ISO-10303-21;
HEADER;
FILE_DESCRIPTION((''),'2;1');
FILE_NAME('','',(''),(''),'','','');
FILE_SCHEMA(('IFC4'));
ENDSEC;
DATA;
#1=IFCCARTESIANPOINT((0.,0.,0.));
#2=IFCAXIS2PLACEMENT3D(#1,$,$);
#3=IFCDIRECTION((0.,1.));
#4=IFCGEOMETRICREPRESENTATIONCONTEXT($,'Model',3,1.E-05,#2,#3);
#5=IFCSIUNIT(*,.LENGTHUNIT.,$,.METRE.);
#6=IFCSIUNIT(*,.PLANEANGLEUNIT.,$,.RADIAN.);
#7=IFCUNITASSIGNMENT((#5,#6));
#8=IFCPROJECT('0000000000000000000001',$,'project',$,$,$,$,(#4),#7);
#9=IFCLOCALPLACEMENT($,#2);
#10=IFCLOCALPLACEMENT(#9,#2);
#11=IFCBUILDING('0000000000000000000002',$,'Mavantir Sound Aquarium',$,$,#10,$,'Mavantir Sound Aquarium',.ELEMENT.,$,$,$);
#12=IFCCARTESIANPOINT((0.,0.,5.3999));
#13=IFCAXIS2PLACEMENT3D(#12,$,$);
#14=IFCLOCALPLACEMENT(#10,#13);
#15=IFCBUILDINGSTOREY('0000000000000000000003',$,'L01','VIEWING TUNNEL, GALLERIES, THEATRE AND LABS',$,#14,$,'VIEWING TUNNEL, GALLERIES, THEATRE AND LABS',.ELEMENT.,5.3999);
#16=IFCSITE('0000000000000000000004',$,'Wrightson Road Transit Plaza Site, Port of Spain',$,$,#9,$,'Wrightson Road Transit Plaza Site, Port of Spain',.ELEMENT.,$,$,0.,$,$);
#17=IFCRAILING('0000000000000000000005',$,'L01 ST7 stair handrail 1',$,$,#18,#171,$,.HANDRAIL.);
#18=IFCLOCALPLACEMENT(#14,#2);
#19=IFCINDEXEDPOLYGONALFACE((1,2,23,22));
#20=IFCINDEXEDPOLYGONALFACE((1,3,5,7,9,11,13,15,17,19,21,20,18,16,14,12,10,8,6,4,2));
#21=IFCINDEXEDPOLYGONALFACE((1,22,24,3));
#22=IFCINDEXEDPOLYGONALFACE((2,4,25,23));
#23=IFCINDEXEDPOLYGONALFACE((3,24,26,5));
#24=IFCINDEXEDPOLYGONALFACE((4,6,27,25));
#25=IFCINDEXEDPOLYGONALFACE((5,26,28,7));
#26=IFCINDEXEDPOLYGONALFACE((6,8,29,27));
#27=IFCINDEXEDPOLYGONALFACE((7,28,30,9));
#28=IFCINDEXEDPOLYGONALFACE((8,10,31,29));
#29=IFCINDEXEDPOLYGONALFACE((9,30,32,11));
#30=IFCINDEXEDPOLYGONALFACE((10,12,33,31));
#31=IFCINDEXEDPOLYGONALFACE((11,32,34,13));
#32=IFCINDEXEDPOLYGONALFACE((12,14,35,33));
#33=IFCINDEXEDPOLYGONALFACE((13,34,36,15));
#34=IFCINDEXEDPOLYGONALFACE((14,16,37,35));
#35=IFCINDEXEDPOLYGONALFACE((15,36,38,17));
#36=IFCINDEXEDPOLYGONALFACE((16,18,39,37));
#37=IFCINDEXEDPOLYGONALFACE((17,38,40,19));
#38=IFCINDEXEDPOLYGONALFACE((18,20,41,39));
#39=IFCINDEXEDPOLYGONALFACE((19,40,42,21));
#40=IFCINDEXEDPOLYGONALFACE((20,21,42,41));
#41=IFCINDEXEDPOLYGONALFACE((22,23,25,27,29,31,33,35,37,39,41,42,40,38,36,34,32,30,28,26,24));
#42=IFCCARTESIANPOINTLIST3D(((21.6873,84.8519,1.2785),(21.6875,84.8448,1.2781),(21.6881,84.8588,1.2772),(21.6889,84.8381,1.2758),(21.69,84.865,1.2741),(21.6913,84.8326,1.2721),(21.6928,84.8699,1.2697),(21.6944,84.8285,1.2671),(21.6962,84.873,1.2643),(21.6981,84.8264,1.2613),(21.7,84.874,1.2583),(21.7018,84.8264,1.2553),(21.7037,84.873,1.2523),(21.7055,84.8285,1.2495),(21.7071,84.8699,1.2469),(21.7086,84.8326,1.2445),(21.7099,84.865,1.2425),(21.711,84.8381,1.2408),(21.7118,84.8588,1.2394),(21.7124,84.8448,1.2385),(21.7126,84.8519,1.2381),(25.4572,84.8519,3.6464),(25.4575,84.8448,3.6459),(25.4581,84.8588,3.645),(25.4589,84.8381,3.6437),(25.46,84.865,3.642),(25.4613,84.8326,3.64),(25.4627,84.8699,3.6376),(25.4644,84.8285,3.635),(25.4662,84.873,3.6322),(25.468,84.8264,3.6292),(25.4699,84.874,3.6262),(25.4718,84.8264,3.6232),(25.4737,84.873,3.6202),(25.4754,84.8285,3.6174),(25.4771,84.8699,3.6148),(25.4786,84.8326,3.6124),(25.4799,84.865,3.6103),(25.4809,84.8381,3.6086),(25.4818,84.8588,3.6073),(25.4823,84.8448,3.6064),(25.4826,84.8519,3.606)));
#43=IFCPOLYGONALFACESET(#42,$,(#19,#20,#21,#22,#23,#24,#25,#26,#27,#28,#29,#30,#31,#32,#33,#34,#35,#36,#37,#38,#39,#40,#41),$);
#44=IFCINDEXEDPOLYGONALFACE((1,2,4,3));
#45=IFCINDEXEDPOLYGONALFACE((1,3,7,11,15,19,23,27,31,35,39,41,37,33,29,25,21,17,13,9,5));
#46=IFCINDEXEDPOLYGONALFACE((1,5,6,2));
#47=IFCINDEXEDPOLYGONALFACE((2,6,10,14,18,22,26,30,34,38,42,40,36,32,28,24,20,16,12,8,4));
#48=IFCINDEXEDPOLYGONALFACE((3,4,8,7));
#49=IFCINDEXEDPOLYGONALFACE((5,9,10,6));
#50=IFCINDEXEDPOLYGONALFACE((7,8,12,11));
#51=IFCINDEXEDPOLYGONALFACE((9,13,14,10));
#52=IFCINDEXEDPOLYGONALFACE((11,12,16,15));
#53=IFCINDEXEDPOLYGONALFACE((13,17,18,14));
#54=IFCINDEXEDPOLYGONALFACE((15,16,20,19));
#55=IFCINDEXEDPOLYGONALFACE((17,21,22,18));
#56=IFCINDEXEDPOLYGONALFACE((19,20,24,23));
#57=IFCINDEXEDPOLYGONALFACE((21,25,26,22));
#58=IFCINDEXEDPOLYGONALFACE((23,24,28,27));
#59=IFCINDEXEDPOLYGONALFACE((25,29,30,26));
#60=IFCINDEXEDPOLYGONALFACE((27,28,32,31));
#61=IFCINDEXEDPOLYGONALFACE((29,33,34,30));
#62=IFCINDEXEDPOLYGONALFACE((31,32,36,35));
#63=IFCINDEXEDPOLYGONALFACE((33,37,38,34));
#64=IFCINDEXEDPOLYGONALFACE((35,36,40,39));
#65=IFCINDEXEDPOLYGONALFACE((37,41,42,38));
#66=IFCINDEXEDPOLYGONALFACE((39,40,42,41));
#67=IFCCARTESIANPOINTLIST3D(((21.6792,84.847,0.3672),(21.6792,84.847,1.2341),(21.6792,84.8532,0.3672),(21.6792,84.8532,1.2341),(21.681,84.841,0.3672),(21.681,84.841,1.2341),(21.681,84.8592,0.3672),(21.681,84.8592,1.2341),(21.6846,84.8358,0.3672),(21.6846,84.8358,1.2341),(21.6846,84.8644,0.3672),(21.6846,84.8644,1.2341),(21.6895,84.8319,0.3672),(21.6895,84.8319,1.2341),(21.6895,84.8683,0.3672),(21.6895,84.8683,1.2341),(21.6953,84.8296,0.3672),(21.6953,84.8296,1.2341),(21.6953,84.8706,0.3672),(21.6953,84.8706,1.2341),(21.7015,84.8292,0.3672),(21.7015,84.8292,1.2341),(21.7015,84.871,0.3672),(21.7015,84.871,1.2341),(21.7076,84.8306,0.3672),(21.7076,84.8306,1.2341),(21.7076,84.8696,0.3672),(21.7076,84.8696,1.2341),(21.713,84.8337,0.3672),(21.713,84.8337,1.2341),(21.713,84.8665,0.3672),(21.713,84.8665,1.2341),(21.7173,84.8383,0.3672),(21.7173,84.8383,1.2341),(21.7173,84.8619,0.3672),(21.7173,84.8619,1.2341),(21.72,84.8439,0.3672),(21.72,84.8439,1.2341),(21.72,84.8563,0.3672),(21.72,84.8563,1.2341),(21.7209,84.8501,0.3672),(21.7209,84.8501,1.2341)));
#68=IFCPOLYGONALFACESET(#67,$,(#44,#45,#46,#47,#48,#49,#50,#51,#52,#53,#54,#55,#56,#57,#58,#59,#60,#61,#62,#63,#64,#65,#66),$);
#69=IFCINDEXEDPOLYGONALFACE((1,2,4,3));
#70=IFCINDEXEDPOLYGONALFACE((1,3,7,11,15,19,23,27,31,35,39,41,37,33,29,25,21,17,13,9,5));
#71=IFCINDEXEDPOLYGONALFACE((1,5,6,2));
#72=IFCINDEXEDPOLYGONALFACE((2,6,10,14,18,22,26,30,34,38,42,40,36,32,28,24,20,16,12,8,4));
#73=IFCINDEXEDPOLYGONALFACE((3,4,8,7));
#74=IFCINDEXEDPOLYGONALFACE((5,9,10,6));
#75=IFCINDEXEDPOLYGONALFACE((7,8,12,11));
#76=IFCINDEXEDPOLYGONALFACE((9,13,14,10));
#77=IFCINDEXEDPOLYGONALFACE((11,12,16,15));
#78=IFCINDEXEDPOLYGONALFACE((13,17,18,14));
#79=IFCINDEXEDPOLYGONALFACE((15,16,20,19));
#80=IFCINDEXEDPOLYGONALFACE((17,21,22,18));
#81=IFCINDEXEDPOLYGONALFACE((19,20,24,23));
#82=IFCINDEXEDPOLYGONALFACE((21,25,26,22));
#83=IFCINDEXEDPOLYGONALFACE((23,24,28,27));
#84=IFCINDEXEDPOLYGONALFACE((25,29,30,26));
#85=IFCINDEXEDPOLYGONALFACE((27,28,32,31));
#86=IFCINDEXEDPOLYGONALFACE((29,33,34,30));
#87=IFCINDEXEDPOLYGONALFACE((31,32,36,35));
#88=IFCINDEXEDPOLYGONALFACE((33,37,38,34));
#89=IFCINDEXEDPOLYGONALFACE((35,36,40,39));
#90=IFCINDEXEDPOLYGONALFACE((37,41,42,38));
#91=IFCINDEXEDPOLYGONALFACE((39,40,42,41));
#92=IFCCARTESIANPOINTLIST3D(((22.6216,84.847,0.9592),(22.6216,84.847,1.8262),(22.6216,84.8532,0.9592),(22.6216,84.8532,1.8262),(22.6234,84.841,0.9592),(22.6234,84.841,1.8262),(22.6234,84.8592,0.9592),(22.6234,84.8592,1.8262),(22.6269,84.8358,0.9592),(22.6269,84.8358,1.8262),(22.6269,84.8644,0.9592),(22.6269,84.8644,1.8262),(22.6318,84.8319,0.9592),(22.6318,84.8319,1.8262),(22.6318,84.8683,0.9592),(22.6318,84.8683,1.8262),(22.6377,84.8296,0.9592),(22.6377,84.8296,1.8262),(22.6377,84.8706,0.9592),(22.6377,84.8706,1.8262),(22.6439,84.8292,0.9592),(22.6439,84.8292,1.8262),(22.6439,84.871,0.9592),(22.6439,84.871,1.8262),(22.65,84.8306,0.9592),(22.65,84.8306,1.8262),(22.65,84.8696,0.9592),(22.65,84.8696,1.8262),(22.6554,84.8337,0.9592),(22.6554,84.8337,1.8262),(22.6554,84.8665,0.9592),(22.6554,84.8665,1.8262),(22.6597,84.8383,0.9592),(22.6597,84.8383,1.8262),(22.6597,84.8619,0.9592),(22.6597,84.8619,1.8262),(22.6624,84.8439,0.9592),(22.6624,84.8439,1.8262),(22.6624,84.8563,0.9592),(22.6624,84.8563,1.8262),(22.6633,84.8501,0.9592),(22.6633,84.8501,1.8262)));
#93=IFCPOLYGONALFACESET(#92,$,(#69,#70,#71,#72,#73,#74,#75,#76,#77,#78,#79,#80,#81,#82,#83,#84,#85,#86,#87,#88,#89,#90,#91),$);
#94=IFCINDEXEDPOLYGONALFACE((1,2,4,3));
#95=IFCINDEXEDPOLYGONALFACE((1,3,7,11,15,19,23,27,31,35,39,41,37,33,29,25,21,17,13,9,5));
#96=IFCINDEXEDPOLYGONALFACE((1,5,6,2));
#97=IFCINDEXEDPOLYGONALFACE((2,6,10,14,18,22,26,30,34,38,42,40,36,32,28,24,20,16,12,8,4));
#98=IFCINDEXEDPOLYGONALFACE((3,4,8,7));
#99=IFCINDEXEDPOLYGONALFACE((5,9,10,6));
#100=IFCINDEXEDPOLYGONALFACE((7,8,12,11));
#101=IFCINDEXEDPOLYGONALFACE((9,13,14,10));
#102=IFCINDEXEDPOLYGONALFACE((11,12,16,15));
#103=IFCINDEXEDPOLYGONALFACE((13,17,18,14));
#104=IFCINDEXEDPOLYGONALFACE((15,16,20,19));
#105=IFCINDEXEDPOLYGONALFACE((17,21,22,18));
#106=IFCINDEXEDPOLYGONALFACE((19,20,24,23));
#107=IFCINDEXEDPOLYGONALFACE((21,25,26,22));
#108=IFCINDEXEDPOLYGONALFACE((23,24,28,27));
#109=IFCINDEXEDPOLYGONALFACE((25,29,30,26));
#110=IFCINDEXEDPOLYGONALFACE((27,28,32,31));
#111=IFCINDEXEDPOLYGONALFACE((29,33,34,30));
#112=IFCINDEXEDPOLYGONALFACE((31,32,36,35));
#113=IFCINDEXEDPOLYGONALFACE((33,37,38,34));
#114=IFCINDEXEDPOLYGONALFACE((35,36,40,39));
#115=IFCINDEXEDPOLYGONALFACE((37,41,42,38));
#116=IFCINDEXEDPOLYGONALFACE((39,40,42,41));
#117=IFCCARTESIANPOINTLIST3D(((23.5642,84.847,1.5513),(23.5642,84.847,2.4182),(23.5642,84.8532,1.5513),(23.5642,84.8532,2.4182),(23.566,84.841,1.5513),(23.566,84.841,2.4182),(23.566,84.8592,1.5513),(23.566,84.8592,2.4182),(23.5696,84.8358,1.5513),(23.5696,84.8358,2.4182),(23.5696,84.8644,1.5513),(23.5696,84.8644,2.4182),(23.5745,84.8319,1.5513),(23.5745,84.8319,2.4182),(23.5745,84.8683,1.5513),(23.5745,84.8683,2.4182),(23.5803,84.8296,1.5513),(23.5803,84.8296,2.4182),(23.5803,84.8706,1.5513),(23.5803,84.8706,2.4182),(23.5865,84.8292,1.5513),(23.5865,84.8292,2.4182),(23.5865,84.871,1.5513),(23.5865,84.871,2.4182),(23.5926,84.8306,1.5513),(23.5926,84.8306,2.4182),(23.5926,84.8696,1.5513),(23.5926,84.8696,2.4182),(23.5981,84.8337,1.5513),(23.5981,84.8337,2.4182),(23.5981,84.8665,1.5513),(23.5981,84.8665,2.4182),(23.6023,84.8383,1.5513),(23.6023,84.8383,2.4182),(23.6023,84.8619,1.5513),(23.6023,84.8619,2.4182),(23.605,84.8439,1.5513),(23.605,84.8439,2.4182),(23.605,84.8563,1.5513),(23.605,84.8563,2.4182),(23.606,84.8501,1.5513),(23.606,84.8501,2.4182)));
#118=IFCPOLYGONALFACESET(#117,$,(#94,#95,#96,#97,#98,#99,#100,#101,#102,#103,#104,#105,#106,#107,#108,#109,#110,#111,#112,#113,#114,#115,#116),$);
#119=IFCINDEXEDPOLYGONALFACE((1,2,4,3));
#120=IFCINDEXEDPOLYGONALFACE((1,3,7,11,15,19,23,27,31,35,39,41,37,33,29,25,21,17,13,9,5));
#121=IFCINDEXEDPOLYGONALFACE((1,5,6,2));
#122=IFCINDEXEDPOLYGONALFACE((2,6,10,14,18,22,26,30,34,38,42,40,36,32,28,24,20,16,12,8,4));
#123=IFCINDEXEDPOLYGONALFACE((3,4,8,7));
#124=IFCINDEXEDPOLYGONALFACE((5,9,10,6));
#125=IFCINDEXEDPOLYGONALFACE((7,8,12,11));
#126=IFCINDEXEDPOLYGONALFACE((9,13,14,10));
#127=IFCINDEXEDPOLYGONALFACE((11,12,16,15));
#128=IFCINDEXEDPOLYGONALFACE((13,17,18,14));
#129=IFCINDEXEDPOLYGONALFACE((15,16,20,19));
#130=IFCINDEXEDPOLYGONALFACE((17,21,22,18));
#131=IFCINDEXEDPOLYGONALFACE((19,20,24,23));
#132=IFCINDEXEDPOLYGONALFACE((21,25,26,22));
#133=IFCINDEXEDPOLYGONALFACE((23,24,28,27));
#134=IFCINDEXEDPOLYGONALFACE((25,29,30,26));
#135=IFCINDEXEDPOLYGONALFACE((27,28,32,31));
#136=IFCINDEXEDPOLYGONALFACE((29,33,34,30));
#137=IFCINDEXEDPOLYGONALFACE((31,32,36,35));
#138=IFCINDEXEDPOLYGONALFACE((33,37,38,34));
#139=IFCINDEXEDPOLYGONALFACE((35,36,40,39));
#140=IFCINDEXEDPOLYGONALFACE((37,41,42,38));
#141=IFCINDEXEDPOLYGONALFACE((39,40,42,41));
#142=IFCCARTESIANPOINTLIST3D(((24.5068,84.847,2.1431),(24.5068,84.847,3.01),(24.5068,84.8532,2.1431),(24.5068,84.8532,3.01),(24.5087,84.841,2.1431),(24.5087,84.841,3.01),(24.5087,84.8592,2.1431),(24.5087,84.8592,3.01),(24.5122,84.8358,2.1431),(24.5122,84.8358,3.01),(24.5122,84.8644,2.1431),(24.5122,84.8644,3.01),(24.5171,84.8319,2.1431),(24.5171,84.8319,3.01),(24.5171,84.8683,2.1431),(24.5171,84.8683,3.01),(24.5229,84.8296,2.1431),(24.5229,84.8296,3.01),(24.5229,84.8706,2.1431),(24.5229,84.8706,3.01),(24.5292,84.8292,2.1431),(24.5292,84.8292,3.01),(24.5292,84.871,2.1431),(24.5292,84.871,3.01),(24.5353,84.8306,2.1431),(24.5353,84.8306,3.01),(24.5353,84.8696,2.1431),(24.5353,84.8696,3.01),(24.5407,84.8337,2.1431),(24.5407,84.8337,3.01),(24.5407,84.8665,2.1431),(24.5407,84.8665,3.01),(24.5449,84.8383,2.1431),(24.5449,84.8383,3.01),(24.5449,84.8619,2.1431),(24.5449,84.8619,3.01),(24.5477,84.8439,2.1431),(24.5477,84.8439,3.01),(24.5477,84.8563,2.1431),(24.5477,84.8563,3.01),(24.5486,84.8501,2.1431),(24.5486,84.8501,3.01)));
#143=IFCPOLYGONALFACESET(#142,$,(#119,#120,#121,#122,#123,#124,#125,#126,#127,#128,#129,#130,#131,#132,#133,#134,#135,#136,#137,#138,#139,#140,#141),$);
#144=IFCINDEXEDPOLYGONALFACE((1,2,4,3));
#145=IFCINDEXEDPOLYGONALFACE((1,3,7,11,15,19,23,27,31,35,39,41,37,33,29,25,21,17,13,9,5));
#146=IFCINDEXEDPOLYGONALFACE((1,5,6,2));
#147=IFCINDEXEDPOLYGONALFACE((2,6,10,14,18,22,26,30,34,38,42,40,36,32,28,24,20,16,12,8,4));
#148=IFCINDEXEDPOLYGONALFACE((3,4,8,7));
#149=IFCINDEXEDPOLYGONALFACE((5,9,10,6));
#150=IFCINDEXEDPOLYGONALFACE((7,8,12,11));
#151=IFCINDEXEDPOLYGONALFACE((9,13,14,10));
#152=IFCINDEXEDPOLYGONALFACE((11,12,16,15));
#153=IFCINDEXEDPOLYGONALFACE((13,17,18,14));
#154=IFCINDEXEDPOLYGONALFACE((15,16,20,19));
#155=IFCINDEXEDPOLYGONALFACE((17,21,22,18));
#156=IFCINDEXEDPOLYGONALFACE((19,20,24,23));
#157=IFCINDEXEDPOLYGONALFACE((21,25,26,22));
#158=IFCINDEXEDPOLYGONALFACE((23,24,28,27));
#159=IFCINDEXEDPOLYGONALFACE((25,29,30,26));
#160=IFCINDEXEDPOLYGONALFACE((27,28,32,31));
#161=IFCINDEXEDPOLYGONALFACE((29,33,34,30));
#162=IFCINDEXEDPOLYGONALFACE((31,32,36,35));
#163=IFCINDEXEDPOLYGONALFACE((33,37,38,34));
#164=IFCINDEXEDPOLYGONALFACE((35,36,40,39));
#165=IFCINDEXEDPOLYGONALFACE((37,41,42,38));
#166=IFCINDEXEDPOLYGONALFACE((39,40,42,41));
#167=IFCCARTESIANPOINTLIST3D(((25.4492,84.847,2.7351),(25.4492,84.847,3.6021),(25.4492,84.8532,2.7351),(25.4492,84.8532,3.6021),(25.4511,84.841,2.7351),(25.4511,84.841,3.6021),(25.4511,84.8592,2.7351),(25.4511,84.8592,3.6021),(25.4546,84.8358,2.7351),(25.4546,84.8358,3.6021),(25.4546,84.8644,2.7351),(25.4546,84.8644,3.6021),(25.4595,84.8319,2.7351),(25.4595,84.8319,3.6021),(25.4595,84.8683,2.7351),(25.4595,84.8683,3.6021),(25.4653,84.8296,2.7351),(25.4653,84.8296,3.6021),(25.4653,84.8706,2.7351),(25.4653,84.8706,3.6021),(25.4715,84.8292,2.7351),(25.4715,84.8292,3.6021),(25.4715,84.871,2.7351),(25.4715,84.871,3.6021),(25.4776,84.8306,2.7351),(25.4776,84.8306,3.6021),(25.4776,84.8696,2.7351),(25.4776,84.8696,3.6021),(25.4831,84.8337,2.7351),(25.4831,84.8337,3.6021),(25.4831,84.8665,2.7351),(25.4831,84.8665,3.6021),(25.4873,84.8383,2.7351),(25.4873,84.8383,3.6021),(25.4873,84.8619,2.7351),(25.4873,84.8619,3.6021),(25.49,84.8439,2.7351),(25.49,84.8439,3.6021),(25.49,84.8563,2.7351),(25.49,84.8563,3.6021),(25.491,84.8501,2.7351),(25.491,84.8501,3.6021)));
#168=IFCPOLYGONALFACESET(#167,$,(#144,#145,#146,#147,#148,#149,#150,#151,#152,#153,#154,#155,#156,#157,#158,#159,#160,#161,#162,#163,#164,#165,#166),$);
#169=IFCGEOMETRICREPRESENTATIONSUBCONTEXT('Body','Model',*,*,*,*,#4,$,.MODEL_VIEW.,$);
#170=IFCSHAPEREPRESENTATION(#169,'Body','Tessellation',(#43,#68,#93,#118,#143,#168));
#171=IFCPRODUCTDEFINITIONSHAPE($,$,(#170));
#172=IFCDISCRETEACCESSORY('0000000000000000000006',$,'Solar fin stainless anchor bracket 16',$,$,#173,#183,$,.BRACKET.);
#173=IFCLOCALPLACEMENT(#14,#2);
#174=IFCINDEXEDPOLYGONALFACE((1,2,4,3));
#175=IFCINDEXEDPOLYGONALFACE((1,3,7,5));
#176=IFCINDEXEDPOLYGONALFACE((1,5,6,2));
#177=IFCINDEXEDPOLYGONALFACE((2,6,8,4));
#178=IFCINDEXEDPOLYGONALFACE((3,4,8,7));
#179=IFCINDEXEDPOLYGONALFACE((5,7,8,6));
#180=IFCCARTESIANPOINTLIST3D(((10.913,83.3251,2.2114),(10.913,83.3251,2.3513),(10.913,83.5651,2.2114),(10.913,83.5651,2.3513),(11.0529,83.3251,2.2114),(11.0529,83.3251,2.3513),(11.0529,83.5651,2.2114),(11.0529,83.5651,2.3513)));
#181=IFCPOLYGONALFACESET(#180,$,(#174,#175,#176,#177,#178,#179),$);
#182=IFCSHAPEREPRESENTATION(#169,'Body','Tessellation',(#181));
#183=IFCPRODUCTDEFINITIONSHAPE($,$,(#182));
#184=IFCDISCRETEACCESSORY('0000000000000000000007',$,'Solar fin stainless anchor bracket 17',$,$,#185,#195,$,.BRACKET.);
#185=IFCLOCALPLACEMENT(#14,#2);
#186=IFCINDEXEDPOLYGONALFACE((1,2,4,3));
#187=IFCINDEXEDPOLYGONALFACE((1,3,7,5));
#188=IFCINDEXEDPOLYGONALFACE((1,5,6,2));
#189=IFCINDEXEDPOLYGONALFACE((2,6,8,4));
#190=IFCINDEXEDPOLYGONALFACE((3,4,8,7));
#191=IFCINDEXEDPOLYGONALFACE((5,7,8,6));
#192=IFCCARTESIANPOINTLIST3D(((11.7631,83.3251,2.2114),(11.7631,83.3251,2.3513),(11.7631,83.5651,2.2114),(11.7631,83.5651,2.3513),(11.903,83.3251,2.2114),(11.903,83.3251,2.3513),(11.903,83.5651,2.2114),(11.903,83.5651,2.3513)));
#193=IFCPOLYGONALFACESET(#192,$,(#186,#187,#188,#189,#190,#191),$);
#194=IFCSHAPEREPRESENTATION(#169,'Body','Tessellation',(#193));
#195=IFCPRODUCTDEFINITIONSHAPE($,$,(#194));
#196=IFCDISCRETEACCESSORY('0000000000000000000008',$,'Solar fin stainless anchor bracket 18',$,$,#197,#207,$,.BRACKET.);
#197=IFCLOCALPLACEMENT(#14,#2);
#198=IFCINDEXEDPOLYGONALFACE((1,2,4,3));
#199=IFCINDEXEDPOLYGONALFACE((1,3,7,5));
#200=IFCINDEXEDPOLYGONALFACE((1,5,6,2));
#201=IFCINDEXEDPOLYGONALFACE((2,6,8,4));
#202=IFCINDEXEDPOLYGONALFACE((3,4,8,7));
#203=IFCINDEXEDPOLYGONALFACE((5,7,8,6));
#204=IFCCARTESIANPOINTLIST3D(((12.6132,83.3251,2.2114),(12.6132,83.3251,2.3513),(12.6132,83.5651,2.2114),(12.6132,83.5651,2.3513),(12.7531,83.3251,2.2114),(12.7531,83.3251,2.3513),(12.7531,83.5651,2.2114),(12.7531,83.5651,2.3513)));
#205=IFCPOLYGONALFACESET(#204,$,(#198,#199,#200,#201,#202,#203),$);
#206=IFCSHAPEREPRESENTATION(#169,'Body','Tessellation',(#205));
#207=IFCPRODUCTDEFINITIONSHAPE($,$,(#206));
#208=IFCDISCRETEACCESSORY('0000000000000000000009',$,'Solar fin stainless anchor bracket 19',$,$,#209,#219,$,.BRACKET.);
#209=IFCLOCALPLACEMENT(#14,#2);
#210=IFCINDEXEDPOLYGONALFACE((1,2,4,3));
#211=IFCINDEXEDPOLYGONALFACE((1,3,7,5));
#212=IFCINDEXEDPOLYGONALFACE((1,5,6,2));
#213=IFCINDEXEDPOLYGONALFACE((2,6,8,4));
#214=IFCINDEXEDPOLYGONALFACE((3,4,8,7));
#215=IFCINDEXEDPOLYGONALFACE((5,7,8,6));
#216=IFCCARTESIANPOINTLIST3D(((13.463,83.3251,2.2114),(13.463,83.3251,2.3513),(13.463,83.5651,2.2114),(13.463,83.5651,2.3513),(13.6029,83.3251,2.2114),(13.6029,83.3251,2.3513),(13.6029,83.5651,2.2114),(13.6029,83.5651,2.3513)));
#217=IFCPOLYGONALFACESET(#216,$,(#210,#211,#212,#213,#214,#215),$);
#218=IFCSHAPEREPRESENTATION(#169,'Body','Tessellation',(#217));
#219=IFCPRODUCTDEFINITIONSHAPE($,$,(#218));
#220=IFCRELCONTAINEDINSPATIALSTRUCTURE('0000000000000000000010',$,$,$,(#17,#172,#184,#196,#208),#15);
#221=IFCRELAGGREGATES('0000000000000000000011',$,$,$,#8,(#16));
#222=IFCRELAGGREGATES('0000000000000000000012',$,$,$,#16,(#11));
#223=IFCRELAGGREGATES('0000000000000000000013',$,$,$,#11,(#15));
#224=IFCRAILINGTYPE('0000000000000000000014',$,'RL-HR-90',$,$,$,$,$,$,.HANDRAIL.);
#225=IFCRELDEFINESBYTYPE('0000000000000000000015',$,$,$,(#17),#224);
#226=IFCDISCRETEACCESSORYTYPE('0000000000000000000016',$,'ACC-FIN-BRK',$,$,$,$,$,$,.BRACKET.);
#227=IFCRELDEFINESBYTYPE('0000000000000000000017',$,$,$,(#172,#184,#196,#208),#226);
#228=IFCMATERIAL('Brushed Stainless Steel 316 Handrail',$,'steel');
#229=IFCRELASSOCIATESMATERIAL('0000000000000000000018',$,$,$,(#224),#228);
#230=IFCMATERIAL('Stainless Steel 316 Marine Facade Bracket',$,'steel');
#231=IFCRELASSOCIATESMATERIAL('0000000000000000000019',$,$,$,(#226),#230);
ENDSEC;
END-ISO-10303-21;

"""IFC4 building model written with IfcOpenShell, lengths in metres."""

from ifc_helpers import new_model, si_unit, direction, frame, origin, origin_2d, place, context, subcontext, project, spatial, rectangle, circle, extrude, material, type_object, element, save


model = new_model("IFC4")

# Units and contexts
model_context = context("Model", 3, precision=1e-05, world=origin(), true_north=direction((0.0, 1.0)))
body_context = subcontext(model_context, "Body", "Model", "MODEL_VIEW")
ifc_project = project(units=[si_unit("LENGTHUNIT", "METRE"), si_unit("PLANEANGLEUNIT", "RADIAN")], contexts=[model_context])

# Site, building, storey
site_placement = place(None, origin())
site = spatial("IfcSite", under=ifc_project, at=site_placement, Name="Wrightson Road Transit Plaza Site, Port of Spain", LongName="Wrightson Road Transit Plaza Site, Port of Spain", CompositionType="ELEMENT", RefElevation=0.0)
building_placement = place(site_placement, origin())
building = spatial("IfcBuilding", under=site, at=building_placement, Name="Mavantir Sound Aquarium", LongName="Mavantir Sound Aquarium", CompositionType="ELEMENT")
storey_placement = place(building_placement, frame((0.0, 0.0, 5.3999)))
storey = spatial("IfcBuildingStorey", under=building, at=storey_placement, Name="L01", Description="VIEWING TUNNEL, GALLERIES, THEATRE AND LABS", LongName="VIEWING TUNNEL, GALLERIES, THEATRE AND LABS", CompositionType="ELEMENT", Elevation=5.3999)

# Railing
ifc_material_1 = material(Name="Brushed Stainless Steel 316 Handrail", Category="steel")
railing_type_1 = type_object("IfcRailingType", Name="RL-HR-90", PredefinedType="HANDRAIL", material=ifc_material_1)
for number, where, name in (
    (1, (21.7, 84.8501, 0.3672), "L01 ST7 stair handrail 1"),
):
    element("IfcRailing", number, at=place(storey_placement, frame(where)), inside=storey, type_object=railing_type_1, Name=name, PredefinedType="HANDRAIL", context=body_context, shape_type="SweptSolid", body=[
        extrude(circle(Radius=0.0239, at=origin_2d()), frame((0.0, 0.0, 0.8911), z_axis=(0.846819, 0.0, 0.531881), x_axis=(0.0, 1.0, 0.0)), (0.0, 0.0, 1.0), 4.4519),
        extrude(circle(Radius=0.021, at=origin_2d()), origin(), (0.0, 0.0, 1.0), 0.8669),
        extrude(circle(Radius=0.021, at=origin_2d()), frame((0.9424, 0.0, 0.592)), (0.0, 0.0, 1.0), 0.8669),
        extrude(circle(Radius=0.021, at=origin_2d()), frame((1.885, 0.0, 1.1841)), (0.0, 0.0, 1.0), 0.8669),
        extrude(circle(Radius=0.021, at=origin_2d()), frame((2.8276, 0.0, 1.7759)), (0.0, 0.0, 1.0), 0.8669),
        extrude(circle(Radius=0.021, at=origin_2d()), frame((3.77, 0.0, 2.3679)), (0.0, 0.0, 1.0), 0.8669),
    ])

# Discrete accessories
ifc_material_2 = material(Name="Stainless Steel 316 Marine Facade Bracket", Category="steel")
discrete_accessory_type_1 = type_object("IfcDiscreteAccessoryType", Name="ACC-FIN-BRK", PredefinedType="BRACKET", material=ifc_material_2)
for number, where, z_axis, x_axis, name in (
    (2, (10.9829, 83.4451, 2.2114), (0.0, 0.0, 1.0), (-1.0, 0.0, 0.0), "Solar fin stainless anchor bracket 16"),
    (3, (11.833, 83.4451, 2.2114), (0.0, 0.0, 1.0), (-1.0, 0.0, 0.0), "Solar fin stainless anchor bracket 17"),
    (4, (12.6831, 83.4451, 2.2114), (0.0, 0.0, 1.0), (-1.0, 0.0, 0.0), "Solar fin stainless anchor bracket 18"),
    (5, (13.533, 83.4451, 2.2114), (0.0, 0.0, 1.0), (-1.0, 0.0, 0.0), "Solar fin stainless anchor bracket 19"),
):
    element("IfcDiscreteAccessory", number, at=place(storey_placement, frame(where, z_axis=z_axis, x_axis=x_axis)), inside=storey, type_object=discrete_accessory_type_1, Name=name, PredefinedType="BRACKET", context=body_context, shape_type="SweptSolid", body=[
        extrude(rectangle(XDim=0.1399, YDim=0.24, at=origin_2d()), origin(), (0.0, 0.0, 1.0), 0.1399),
    ])

save(model, "model.ifc")
